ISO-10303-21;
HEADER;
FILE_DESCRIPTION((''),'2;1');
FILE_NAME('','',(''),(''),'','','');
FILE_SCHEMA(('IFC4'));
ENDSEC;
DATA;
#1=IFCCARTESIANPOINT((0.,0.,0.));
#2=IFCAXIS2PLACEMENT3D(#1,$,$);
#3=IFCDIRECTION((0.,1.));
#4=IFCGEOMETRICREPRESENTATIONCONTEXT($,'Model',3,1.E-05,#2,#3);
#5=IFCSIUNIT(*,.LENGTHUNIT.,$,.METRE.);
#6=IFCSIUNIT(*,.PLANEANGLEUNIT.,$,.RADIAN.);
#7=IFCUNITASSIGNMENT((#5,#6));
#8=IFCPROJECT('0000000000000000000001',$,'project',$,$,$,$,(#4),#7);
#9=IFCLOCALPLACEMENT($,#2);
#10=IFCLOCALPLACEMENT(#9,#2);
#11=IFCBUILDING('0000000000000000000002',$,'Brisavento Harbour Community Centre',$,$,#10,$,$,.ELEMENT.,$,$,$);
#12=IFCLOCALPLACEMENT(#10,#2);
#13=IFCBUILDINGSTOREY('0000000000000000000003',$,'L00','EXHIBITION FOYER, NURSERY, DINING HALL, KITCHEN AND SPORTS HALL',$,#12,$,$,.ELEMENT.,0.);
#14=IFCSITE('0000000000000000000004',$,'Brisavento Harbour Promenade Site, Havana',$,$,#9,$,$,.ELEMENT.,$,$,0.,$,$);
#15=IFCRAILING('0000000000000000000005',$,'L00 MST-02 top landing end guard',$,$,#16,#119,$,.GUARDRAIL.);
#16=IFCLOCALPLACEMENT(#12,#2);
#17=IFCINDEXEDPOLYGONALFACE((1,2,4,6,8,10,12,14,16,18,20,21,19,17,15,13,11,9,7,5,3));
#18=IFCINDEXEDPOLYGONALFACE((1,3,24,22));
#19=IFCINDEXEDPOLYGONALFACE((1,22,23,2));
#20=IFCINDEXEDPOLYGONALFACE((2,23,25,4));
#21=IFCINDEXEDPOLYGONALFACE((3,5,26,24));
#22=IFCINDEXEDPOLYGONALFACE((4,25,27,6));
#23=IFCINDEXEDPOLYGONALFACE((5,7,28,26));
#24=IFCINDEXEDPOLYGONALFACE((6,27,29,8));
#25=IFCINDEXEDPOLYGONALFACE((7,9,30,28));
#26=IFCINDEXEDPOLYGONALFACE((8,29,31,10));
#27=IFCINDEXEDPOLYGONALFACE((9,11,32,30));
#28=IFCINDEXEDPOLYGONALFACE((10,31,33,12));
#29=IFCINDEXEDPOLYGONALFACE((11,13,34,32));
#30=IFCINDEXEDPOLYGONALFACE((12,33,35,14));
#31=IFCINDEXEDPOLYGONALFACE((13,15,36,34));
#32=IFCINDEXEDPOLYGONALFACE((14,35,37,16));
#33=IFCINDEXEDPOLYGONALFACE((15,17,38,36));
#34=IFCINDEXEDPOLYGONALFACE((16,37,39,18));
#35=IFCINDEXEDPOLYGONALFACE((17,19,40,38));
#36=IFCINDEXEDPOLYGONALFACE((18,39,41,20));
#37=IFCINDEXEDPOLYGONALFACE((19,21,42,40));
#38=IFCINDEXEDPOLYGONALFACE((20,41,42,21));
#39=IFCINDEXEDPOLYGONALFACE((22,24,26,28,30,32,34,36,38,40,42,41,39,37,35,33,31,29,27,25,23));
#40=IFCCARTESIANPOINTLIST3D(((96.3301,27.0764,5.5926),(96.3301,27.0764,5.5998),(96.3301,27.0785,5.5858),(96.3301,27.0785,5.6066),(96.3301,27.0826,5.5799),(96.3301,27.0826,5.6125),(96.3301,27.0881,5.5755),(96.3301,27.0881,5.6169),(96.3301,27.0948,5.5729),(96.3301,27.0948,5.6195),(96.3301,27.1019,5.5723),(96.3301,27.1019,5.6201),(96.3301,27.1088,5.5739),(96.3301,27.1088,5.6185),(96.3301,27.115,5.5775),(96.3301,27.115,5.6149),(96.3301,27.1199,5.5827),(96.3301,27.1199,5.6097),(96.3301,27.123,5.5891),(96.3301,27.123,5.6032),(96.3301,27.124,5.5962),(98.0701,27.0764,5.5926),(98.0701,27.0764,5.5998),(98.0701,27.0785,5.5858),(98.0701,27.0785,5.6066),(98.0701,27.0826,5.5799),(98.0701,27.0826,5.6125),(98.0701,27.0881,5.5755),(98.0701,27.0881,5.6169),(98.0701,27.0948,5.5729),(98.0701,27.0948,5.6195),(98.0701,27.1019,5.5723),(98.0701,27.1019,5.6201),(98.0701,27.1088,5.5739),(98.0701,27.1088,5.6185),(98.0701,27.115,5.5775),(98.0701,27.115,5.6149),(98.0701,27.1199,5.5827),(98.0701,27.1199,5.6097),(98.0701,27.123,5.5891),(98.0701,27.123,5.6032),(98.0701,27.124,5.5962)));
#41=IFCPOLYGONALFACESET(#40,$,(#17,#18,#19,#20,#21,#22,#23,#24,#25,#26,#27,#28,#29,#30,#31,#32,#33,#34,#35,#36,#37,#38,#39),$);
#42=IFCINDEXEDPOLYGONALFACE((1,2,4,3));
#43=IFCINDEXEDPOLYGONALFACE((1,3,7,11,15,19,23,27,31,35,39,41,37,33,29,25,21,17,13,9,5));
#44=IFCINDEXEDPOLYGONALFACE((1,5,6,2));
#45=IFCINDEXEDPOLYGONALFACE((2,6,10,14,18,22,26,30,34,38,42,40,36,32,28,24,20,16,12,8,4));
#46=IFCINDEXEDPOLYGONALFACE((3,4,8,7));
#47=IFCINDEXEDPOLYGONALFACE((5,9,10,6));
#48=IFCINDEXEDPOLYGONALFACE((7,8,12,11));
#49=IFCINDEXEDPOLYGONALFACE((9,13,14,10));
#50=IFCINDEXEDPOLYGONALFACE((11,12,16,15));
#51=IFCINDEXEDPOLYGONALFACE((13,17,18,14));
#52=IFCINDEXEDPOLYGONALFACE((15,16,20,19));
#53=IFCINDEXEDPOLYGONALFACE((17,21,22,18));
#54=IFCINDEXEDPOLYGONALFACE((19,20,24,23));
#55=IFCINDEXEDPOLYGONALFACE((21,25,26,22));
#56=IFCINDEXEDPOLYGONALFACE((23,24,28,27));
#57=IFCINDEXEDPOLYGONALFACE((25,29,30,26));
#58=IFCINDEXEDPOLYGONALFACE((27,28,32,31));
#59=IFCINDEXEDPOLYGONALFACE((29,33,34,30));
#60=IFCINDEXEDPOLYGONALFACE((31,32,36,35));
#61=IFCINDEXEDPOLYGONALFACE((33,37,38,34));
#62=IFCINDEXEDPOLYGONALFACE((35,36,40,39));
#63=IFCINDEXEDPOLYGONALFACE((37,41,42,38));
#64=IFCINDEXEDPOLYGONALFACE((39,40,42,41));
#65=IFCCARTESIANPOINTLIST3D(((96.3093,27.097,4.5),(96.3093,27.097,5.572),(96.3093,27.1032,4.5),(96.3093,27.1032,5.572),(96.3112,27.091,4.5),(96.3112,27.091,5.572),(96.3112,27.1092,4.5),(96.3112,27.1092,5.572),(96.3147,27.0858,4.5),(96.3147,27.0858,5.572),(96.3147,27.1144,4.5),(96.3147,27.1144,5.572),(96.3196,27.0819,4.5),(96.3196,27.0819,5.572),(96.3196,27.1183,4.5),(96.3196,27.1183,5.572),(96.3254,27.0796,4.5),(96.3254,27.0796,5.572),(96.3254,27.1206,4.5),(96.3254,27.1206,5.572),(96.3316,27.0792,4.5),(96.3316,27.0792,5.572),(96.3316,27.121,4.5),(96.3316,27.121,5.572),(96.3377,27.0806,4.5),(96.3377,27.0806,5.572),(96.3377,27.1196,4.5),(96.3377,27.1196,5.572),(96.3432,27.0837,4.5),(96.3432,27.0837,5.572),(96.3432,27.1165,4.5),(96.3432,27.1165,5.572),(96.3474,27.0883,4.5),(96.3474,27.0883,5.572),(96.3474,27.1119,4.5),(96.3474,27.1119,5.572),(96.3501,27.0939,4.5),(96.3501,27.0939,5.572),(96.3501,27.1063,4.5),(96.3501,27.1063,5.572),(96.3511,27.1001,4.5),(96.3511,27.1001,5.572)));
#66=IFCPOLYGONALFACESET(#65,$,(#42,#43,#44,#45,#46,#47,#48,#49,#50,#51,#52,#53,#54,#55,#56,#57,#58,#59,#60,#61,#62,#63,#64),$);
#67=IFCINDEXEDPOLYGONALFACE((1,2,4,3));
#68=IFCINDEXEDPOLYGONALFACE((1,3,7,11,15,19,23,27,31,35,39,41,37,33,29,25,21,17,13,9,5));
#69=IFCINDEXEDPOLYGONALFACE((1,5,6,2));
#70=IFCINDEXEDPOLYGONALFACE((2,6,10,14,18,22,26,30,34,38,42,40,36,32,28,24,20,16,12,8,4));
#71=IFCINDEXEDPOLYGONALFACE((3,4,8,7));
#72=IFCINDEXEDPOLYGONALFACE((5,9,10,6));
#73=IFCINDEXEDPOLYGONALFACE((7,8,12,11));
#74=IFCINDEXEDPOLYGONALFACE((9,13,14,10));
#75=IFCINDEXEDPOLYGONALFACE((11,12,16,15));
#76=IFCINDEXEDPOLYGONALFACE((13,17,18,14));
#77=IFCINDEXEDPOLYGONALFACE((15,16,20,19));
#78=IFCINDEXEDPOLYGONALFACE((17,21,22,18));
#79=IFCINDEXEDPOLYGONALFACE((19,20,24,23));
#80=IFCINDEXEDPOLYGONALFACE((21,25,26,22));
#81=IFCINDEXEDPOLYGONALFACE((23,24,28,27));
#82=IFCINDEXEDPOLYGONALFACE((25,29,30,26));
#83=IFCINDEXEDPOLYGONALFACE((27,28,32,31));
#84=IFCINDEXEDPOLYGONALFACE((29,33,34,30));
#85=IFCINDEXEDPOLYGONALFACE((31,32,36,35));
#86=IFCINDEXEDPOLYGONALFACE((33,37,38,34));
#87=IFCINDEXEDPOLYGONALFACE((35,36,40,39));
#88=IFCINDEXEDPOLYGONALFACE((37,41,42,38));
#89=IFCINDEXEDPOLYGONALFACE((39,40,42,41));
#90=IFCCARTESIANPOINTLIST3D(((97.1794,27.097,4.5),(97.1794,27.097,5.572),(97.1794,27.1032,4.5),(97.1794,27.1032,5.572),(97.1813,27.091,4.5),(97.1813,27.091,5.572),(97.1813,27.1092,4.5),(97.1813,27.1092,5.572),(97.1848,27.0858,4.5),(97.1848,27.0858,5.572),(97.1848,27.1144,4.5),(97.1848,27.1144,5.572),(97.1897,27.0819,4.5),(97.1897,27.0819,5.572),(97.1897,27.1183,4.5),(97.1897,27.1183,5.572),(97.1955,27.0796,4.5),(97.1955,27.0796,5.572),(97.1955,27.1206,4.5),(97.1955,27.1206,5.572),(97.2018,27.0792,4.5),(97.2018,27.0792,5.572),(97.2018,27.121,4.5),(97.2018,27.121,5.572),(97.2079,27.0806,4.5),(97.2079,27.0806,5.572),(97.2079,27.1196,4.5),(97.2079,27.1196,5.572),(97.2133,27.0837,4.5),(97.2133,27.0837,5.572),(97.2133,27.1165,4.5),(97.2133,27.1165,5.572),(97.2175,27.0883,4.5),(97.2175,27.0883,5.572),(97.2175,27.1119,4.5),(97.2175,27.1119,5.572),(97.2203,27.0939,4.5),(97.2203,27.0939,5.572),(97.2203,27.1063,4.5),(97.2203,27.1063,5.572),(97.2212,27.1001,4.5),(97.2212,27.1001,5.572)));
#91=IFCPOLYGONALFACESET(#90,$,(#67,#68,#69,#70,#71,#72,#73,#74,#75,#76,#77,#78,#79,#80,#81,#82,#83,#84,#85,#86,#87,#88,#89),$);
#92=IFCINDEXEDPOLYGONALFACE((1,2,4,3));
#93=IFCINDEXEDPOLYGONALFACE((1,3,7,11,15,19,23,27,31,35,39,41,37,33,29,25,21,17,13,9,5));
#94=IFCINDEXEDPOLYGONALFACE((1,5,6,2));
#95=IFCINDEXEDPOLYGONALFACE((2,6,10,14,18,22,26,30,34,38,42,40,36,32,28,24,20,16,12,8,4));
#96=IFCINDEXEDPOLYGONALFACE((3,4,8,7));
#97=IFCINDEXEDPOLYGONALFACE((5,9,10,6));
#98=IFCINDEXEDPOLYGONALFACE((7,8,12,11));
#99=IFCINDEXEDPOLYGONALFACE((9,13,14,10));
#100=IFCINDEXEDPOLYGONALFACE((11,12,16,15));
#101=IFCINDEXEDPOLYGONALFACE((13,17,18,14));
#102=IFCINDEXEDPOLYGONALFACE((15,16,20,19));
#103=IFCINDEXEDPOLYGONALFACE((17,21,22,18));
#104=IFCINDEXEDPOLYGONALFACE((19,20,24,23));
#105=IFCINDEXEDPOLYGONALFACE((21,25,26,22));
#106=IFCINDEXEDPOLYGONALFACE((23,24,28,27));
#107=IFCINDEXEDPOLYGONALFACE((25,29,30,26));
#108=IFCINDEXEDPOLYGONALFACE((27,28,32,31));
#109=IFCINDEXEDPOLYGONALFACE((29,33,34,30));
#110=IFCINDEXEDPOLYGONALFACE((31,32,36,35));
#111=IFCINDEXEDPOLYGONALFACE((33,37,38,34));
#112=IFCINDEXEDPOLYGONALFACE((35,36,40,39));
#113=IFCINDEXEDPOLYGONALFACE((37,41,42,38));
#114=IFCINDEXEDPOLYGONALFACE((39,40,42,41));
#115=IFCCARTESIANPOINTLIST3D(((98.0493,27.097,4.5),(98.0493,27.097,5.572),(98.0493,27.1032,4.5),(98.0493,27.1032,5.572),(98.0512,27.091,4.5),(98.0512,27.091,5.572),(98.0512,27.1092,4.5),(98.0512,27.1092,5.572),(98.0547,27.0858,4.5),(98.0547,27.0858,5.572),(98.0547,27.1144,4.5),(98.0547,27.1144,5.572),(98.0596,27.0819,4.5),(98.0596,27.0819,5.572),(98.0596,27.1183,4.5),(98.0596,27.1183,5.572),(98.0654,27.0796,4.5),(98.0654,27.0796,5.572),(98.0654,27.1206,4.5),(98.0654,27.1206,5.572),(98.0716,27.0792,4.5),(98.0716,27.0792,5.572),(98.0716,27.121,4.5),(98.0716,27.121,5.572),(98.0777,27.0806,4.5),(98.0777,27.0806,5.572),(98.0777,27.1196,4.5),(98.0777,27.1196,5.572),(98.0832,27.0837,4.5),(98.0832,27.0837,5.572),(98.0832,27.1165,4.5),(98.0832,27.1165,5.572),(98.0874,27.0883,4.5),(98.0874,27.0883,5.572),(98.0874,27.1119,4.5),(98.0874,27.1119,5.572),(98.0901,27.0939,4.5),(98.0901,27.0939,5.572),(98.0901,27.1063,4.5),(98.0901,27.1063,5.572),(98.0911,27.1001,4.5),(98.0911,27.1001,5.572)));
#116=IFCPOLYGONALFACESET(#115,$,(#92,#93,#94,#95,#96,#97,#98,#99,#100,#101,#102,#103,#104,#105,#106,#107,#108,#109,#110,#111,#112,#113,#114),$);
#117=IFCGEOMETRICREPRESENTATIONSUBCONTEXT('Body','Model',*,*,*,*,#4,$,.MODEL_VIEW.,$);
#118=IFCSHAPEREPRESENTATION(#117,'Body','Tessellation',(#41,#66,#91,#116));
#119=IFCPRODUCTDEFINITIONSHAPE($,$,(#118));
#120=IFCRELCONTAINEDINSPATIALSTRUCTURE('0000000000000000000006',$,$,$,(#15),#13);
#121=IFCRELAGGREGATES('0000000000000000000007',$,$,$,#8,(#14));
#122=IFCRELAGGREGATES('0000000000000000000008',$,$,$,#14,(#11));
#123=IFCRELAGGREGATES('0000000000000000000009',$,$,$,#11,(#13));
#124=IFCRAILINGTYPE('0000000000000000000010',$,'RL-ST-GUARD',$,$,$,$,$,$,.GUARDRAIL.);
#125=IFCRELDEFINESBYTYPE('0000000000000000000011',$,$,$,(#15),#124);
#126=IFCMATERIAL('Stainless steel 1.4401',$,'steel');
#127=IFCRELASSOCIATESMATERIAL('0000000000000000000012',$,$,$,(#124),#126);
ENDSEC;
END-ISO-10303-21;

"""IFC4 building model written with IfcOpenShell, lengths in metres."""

from ifc_helpers import new_model, si_unit, direction, frame, origin, origin_2d, place, context, subcontext, project, spatial, circle, extrude, material, type_object, element, save


model = new_model("IFC4")

# Units and contexts
model_context = context("Model", 3, precision=1e-05, world=origin(), true_north=direction((0.0, 1.0)))
body_context = subcontext(model_context, "Body", "Model", "MODEL_VIEW")
ifc_project = project(units=[si_unit("LENGTHUNIT", "METRE"), si_unit("PLANEANGLEUNIT", "RADIAN")], contexts=[model_context])

# Site, building, storey
site_placement = place(None, origin())
site = spatial("IfcSite", under=ifc_project, at=site_placement, Name="Brisavento Harbour Promenade Site, Havana", CompositionType="ELEMENT", RefElevation=0.0)
building_placement = place(site_placement, origin())
building = spatial("IfcBuilding", under=site, at=building_placement, Name="Brisavento Harbour Community Centre", CompositionType="ELEMENT")
storey_placement = place(building_placement, origin())
storey = spatial("IfcBuildingStorey", under=building, at=storey_placement, Name="L00", Description="EXHIBITION FOYER, NURSERY, DINING HALL, KITCHEN AND SPORTS HALL", CompositionType="ELEMENT", Elevation=0.0)

# Railing
ifc_material_1 = material(Name="Stainless steel 1.4401", Category="steel")
railing_type = type_object("IfcRailingType", Name="RL-ST-GUARD", PredefinedType="GUARDRAIL", material=ifc_material_1)
railing_placement = place(storey_placement, frame((96.3301, 27.1001, 4.5)))
element("IfcRailing", 1, at=railing_placement, inside=storey, type_object=railing_type, Name="L00 MST-02 top landing end guard", PredefinedType="GUARDRAIL", context=body_context, shape_type="SweptSolid", body=[
    extrude(circle(Radius=0.0239, at=origin_2d()), frame((0.0, 0.0, 1.0962), z_axis=(1.0, 0.0, 0.0), x_axis=(0.0, 1.0, 0.0)), (0.0, 0.0, 1.0), 1.74),
    extrude(circle(Radius=0.021, at=origin_2d()), origin(), (0.0, 0.0, 1.0), 1.072),
    extrude(circle(Radius=0.021, at=origin_2d()), frame((0.8701, 0.0, 0.0)), (0.0, 0.0, 1.0), 1.072),
    extrude(circle(Radius=0.021, at=origin_2d()), frame((1.74, 0.0, 0.0)), (0.0, 0.0, 1.0), 1.072),
])

save(model, "model.ifc")
